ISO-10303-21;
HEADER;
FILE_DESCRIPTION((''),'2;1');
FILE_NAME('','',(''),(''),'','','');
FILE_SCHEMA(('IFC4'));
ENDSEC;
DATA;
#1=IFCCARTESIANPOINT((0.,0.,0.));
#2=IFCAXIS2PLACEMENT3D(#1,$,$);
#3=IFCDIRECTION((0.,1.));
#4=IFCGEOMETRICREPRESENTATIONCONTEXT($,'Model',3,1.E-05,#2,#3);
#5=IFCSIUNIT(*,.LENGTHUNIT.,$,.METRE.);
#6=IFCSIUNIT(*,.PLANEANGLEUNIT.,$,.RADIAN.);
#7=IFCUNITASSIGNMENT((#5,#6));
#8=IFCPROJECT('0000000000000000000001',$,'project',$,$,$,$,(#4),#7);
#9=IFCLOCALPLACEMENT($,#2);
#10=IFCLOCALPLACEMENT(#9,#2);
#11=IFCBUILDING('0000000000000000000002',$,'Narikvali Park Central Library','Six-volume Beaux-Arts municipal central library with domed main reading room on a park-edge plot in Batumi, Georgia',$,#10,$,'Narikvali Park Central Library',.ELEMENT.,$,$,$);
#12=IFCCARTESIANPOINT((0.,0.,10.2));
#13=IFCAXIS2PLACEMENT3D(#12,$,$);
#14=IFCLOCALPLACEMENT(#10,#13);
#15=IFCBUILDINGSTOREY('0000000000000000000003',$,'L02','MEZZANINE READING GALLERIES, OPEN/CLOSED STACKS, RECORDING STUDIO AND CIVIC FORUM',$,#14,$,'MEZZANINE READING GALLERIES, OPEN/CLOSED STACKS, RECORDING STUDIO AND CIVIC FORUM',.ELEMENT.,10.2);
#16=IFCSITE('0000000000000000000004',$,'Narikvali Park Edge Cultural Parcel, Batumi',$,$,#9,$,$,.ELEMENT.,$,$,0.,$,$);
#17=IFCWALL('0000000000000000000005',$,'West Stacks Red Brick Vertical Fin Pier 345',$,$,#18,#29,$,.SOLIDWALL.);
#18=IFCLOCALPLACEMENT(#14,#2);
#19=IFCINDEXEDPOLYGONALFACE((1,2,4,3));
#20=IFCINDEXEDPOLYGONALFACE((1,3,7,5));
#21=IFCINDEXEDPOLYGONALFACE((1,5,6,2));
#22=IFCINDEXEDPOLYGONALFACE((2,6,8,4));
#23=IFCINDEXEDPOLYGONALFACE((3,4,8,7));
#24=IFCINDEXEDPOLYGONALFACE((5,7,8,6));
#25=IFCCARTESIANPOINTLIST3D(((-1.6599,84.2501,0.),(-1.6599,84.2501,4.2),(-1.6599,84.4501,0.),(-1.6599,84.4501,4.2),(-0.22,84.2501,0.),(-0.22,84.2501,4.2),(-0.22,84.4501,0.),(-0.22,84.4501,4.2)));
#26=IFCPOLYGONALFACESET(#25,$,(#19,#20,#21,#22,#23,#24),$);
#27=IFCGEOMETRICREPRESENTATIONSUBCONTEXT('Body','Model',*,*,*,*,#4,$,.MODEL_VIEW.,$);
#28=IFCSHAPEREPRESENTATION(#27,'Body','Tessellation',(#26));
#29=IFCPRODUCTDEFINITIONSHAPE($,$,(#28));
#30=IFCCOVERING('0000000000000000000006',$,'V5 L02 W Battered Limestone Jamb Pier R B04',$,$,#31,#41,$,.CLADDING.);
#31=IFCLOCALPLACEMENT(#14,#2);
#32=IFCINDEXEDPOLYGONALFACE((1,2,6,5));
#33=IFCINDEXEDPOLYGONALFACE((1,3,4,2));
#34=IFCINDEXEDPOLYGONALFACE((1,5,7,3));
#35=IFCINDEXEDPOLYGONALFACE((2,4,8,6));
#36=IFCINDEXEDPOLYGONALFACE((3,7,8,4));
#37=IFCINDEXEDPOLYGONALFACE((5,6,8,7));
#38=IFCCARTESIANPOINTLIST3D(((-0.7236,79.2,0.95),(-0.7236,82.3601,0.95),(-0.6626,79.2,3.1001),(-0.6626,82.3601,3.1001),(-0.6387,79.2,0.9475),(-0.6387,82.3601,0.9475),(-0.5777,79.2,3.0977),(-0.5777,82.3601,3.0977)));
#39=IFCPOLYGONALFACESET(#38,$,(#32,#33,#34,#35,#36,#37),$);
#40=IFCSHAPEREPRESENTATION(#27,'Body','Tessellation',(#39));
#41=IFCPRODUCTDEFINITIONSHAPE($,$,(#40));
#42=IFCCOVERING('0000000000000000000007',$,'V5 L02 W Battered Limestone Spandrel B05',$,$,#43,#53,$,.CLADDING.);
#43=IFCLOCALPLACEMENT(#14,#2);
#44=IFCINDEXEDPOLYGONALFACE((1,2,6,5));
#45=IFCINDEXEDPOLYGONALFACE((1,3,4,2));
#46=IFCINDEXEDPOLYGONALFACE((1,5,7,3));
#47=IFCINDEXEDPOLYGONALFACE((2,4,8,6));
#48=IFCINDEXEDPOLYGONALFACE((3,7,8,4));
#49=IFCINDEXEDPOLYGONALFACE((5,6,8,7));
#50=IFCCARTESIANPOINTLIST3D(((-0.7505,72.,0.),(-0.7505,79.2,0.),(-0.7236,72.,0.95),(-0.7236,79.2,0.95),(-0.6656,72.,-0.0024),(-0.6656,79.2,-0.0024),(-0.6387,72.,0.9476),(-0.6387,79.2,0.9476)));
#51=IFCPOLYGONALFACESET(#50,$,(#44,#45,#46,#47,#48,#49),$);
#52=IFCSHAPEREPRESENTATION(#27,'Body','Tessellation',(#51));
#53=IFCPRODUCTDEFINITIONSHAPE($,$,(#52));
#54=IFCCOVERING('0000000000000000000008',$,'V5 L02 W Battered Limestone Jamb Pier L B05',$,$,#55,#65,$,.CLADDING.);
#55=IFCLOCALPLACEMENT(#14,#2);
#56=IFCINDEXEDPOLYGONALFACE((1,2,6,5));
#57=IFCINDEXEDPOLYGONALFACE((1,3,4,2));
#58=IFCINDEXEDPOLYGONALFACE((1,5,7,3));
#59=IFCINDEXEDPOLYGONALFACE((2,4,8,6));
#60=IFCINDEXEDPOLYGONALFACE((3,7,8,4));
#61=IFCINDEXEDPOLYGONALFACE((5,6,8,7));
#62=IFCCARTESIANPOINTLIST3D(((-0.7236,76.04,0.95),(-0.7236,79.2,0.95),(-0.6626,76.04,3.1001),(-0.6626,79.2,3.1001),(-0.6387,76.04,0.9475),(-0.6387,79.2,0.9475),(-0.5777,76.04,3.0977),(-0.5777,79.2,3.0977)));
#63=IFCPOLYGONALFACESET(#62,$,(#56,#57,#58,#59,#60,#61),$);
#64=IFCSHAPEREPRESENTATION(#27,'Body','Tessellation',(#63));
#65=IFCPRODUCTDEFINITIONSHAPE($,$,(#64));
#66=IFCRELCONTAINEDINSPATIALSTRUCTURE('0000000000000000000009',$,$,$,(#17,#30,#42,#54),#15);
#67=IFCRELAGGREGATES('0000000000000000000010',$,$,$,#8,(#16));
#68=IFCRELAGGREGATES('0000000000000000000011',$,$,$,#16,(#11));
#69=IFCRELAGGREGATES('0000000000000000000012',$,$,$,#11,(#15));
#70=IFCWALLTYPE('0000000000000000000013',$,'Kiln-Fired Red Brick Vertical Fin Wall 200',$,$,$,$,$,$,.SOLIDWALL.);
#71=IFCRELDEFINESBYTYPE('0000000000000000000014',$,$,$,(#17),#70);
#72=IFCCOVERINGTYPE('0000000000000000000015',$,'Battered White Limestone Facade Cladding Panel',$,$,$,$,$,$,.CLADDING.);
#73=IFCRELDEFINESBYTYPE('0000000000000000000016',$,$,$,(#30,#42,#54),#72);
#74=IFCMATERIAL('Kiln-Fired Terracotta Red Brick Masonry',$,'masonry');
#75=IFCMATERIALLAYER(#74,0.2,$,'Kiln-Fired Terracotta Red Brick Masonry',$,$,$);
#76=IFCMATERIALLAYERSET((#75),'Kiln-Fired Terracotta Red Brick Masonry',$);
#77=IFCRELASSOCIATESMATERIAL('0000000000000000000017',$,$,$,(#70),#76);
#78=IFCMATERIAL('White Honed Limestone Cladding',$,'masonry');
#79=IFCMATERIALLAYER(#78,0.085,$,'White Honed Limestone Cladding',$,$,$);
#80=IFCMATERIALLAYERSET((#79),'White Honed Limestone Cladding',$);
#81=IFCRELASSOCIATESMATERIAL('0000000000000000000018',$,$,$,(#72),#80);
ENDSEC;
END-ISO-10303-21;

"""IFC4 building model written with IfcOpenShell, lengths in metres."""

from ifc_helpers import new_model, si_unit, direction, frame, frame_2d, origin, place, context, subcontext, project, spatial, polyline, rectangle, outline, extrude, material, layer, layer_set, type_object, element, save


model = new_model("IFC4")

# Units and contexts
model_context = context("Model", 3, precision=1e-05, world=origin(), true_north=direction((0.0, 1.0)))
body_context = subcontext(model_context, "Body", "Model", "MODEL_VIEW")
ifc_project = project(units=[si_unit("LENGTHUNIT", "METRE"), si_unit("PLANEANGLEUNIT", "RADIAN")], contexts=[model_context])

# Site, building, storey
site_placement = place(None, origin())
site = spatial("IfcSite", under=ifc_project, at=site_placement, Name="Narikvali Park Edge Cultural Parcel, Batumi", CompositionType="ELEMENT", RefElevation=0.0)
building_placement = place(site_placement, origin())
building = spatial("IfcBuilding", under=site, at=building_placement, Name="Narikvali Park Central Library", Description="Six-volume Beaux-Arts municipal central library with domed main reading room on a park-edge plot in Batumi, Georgia", LongName="Narikvali Park Central Library", CompositionType="ELEMENT")
storey_placement = place(building_placement, frame((0.0, 0.0, 10.2)))
storey = spatial("IfcBuildingStorey", under=building, at=storey_placement, Name="L02", Description="MEZZANINE READING GALLERIES, OPEN/CLOSED STACKS, RECORDING STUDIO AND CIVIC FORUM", LongName="MEZZANINE READING GALLERIES, OPEN/CLOSED STACKS, RECORDING STUDIO AND CIVIC FORUM", CompositionType="ELEMENT", Elevation=10.2)

# Wall
ifc_material_1 = material(Name="Kiln-Fired Terracotta Red Brick Masonry", Category="masonry")
ifc_layer_1 = layer(ifc_material_1, 0.2, Name="Kiln-Fired Terracotta Red Brick Masonry")
ifc_layer_set_1 = layer_set([ifc_layer_1], Name="Kiln-Fired Terracotta Red Brick Masonry")
wall_type = type_object("IfcWallType", Name="Kiln-Fired Red Brick Vertical Fin Wall 200", PredefinedType="SOLIDWALL", material=ifc_layer_set_1)
for number, where, z_axis, x_axis, name in (
    (1, (-1.6599, 84.3501, 0.0), (0.0, 0.0, 1.0), (1.0, 0.0, 0.0), "West Stacks Red Brick Vertical Fin Pier 345"),
):
    element("IfcWall", number, at=place(storey_placement, frame(where, z_axis=z_axis, x_axis=x_axis)), inside=storey, type_object=wall_type, Name=name, PredefinedType="SOLIDWALL", context=body_context, shape_type="SweptSolid", body=[
        extrude(rectangle(XDim=1.4399, YDim=0.2, at=frame_2d((0.72, 0.0))), origin(), (0.0, 0.0, 1.0), 4.2),
    ])

# Coverings
ifc_material_2 = material(Name="White Honed Limestone Cladding", Category="masonry")
ifc_layer_2 = layer(ifc_material_2, 0.085, Name="White Honed Limestone Cladding")
ifc_layer_set_2 = layer_set([ifc_layer_2], Name="White Honed Limestone Cladding")
covering_type = type_object("IfcCoveringType", Name="Battered White Limestone Facade Cladding Panel", PredefinedType="CLADDING", material=ifc_layer_set_2)
covering_1_placement = place(storey_placement, frame((-0.7236, 82.3601, 0.95), z_axis=(-0.999597, 0.0, 0.028375), x_axis=(0.0, -1.0, 0.0)))
element("IfcCovering", 2, at=covering_1_placement, inside=storey, type_object=covering_type, Name="V5 L02 W Battered Limestone Jamb Pier R B04", PredefinedType="CLADDING", context=body_context, shape_type="SweptSolid", body=[
    extrude(outline(polyline([(0.0, 0.0), (3.1602, 0.0), (3.1602, 2.151), (0.0, 2.151), (0.0, 0.0)])), origin(), (0.0, 0.0, -1.0), 0.085),
])
covering_2_placement = place(storey_placement, frame((-0.7505, 79.2, 0.0), z_axis=(-0.999601, 0.0, 0.028259), x_axis=(0.0, -1.0, 0.0)))
element("IfcCovering", 3, at=covering_2_placement, inside=storey, type_object=covering_type, Name="V5 L02 W Battered Limestone Spandrel B05", PredefinedType="CLADDING", context=body_context, shape_type="SweptSolid", body=[
    extrude(outline(polyline([(0.0, 0.0), (7.2, 0.0), (7.2, 0.9503), (0.0, 0.9503), (0.0, 0.0)])), origin(), (0.0, 0.0, -1.0), 0.085),
])
covering_3_placement = place(storey_placement, frame((-0.7236, 79.2, 0.95), z_axis=(-0.999597, 0.0, 0.028375), x_axis=(0.0, -1.0, 0.0)))
element("IfcCovering", 4, at=covering_3_placement, inside=storey, type_object=covering_type, Name="V5 L02 W Battered Limestone Jamb Pier L B05", PredefinedType="CLADDING", context=body_context, shape_type="SweptSolid", body=[
    extrude(outline(polyline([(0.0, 0.0), (3.1599, 0.0), (3.1599, 2.151), (0.0, 2.151), (0.0, 0.0)])), origin(), (0.0, 0.0, -1.0), 0.085),
])

save(model, "model.ifc")
